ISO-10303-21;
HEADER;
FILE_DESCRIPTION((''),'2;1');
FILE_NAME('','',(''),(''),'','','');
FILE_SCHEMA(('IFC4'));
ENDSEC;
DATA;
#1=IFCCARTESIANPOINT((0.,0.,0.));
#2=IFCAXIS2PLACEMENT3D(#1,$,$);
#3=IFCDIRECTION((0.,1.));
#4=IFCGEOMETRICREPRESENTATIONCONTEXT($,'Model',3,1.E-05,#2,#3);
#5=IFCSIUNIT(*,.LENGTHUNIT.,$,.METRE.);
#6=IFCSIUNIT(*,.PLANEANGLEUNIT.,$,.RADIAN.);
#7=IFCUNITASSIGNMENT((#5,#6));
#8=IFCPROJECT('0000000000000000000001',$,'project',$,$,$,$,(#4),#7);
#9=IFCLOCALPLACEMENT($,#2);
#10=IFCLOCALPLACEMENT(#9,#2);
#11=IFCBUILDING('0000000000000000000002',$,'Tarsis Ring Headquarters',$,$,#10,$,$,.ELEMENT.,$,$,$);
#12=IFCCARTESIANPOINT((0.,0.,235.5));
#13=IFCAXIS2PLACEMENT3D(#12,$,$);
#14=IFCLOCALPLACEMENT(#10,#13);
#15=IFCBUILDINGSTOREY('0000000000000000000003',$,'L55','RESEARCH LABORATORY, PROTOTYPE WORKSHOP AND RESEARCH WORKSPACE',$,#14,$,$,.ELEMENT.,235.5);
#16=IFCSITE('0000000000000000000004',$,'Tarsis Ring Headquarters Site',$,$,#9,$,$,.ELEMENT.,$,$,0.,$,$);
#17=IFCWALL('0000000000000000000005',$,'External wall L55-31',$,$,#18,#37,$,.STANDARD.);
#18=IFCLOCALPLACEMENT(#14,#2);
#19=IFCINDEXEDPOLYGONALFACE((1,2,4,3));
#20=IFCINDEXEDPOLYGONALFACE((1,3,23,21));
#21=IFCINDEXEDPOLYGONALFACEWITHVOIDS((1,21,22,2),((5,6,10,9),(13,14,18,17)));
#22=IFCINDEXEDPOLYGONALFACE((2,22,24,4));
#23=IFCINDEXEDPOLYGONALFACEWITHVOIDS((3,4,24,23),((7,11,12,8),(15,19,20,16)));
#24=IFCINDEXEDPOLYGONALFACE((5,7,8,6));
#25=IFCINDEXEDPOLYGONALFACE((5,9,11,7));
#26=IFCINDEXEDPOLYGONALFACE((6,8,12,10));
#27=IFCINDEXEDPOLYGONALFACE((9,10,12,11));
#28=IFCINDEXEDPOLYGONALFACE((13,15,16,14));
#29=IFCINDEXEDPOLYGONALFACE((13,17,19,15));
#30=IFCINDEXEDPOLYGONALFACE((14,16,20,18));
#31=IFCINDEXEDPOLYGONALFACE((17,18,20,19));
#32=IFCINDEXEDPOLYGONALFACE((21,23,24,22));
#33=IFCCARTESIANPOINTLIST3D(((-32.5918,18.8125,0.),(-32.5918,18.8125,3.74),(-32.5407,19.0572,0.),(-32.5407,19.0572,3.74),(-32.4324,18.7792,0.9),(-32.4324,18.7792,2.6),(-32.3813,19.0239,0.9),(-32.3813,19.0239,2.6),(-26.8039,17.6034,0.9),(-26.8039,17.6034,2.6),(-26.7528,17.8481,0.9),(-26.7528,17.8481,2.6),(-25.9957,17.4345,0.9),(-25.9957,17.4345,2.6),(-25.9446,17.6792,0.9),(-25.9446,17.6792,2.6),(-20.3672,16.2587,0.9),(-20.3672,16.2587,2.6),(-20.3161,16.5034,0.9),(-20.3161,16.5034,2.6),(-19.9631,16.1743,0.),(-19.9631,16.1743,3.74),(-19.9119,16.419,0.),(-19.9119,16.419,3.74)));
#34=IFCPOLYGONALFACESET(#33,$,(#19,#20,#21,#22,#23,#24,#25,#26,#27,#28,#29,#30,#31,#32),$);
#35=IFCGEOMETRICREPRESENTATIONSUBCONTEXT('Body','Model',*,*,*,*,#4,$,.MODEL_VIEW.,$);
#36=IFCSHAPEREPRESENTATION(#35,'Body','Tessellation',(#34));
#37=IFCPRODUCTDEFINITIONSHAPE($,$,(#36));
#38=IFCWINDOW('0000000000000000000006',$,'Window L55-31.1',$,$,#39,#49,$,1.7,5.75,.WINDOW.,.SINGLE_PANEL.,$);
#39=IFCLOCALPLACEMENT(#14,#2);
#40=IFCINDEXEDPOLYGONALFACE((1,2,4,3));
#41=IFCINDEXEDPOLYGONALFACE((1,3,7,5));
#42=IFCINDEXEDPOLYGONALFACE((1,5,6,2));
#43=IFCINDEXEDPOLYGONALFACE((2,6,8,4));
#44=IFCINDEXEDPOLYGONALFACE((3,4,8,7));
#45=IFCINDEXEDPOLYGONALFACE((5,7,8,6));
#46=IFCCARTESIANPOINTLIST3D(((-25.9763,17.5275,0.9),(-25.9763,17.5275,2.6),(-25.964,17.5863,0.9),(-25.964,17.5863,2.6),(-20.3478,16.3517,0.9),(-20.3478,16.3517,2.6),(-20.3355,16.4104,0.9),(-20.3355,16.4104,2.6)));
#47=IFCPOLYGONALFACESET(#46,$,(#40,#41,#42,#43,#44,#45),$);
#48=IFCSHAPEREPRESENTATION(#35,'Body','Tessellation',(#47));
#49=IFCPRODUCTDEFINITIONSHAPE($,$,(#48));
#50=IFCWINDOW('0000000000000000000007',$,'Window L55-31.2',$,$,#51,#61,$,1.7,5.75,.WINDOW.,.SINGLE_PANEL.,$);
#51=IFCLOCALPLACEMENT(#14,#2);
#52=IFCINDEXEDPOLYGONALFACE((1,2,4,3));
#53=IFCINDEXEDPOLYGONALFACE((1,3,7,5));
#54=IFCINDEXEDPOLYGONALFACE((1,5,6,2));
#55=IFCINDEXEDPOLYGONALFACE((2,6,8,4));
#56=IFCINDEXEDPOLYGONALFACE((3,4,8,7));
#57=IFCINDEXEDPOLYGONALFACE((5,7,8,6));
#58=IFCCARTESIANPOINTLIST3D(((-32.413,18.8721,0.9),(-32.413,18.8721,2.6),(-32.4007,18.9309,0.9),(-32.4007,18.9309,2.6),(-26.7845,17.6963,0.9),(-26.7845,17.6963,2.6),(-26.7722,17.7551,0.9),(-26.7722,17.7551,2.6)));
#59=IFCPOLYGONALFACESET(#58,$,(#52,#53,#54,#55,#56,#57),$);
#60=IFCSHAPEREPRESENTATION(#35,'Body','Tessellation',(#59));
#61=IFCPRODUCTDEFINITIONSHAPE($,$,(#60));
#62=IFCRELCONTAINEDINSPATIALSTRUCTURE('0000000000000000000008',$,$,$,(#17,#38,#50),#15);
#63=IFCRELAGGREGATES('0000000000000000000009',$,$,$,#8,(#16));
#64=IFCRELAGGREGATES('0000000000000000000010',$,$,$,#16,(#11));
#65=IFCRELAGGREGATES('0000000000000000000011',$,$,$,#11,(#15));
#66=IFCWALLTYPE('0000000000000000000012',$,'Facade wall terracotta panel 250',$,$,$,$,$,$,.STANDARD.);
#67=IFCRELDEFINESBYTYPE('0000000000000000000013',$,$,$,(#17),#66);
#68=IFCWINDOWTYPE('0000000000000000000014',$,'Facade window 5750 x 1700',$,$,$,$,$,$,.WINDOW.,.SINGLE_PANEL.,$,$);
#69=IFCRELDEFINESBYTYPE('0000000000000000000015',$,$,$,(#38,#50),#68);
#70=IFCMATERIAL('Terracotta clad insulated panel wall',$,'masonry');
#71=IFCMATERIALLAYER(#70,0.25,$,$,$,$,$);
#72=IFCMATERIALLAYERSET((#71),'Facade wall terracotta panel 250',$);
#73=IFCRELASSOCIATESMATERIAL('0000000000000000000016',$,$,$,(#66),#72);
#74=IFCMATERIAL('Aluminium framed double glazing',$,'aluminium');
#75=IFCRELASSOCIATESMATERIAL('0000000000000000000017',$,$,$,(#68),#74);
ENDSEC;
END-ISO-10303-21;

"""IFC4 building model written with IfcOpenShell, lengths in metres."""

from ifc_helpers import new_model, si_unit, direction, frame, frame_2d, origin, place, context, subcontext, project, spatial, rectangle, extrude, material, layer, layer_set, type_object, element, fill, save


model = new_model("IFC4")

# Units and contexts
model_context = context("Model", 3, precision=1e-05, world=origin(), true_north=direction((0.0, 1.0)))
body_context = subcontext(model_context, "Body", "Model", "MODEL_VIEW")
ifc_project = project(units=[si_unit("LENGTHUNIT", "METRE"), si_unit("PLANEANGLEUNIT", "RADIAN")], contexts=[model_context])

# Site, building, storey
site_placement = place(None, origin())
site = spatial("IfcSite", under=ifc_project, at=site_placement, Name="Tarsis Ring Headquarters Site", CompositionType="ELEMENT", RefElevation=0.0)
building_placement = place(site_placement, origin())
building = spatial("IfcBuilding", under=site, at=building_placement, Name="Tarsis Ring Headquarters", CompositionType="ELEMENT")
storey_placement = place(building_placement, frame((0.0, 0.0, 235.5)))
storey = spatial("IfcBuildingStorey", under=building, at=storey_placement, Name="L55", Description="RESEARCH LABORATORY, PROTOTYPE WORKSHOP AND RESEARCH WORKSPACE", CompositionType="ELEMENT", Elevation=235.5)

# Wall, openings, windows
ifc_material_1 = material(Name="Terracotta clad insulated panel wall", Category="masonry")
ifc_layer_1 = layer(ifc_material_1, 0.25)
ifc_layer_set_1 = layer_set([ifc_layer_1], Name="Facade wall terracotta panel 250")
wall_type_1 = type_object("IfcWallType", Name="Facade wall terracotta panel 250", PredefinedType="STANDARD", material=ifc_layer_set_1)
wall_1_placement = place(storey_placement, frame((-19.9375, 16.2966, 0.0), z_axis=(0.0, 0.0, 1.0), x_axis=(-0.978869, 0.20449, 0.0)))
wall_1 = element("IfcWall", 1, at=wall_1_placement, inside=storey, type_object=wall_type_1, Name="External wall L55-31", PredefinedType="STANDARD", context=body_context, shape_type="SweptSolid", body=[
    extrude(rectangle(XDim=12.9014, YDim=0.25, at=frame_2d((6.4507, 0.0))), origin(), (0.0, 0.0, 1.0), 3.74),
])
opening_1_placement = place(wall_1_placement, frame((0.4128, 0.0, 0.8999)))
opening_1 = element("IfcOpeningElement", 2, at=opening_1_placement, cuts=wall_1, PredefinedType="OPENING", context=body_context, shape_type="SweptSolid", body=[
    extrude(rectangle(XDim=5.75, YDim=1.7, at=frame_2d((2.875, 0.8501))), frame((0.0, 0.135, 0.0), z_axis=(0.0, -1.0, 0.0), x_axis=(1.0, 0.0, 0.0)), (0.0, 0.0, 1.0), 0.27),
])
opening_2_placement = place(wall_1_placement, frame((6.9885, 0.0, 0.8999)))
opening_2 = element("IfcOpeningElement", 3, at=opening_2_placement, cuts=wall_1, PredefinedType="OPENING", context=body_context, shape_type="SweptSolid", body=[
    extrude(rectangle(XDim=5.75, YDim=1.7, at=frame_2d((2.875, 0.8501))), frame((0.0, 0.135, 0.0), z_axis=(0.0, -1.0, 0.0), x_axis=(1.0, 0.0, 0.0)), (0.0, 0.0, 1.0), 0.27),
])
ifc_material_2 = material(Name="Aluminium framed double glazing", Category="aluminium")
window_type = type_object("IfcWindowType", Name="Facade window 5750 x 1700", PartitioningType="SINGLE_PANEL", PredefinedType="WINDOW", material=ifc_material_2)
window_1_placement = place(opening_1_placement, origin())
window_1 = element("IfcWindow", 4, at=window_1_placement, inside=storey, type_object=window_type, Name="Window L55-31.1", OverallHeight=1.7, OverallWidth=5.75, PartitioningType="SINGLE_PANEL", PredefinedType="WINDOW", context=body_context, shape_type="SweptSolid", body=[
    extrude(rectangle(XDim=5.75, YDim=1.7, at=frame_2d((2.875, 0.8501))), frame((0.0, 0.03, 0.0), z_axis=(0.0, -1.0, 0.0), x_axis=(1.0, 0.0, 0.0)), (0.0, 0.0, 1.0), 0.0601),
])
fill(opening_1, window_1)
window_2_placement = place(opening_2_placement, origin())
window_2 = element("IfcWindow", 5, at=window_2_placement, inside=storey, type_object=window_type, Name="Window L55-31.2", OverallHeight=1.7, OverallWidth=5.75, PartitioningType="SINGLE_PANEL", PredefinedType="WINDOW", context=body_context, shape_type="SweptSolid", body=[
    extrude(rectangle(XDim=5.75, YDim=1.7, at=frame_2d((2.875, 0.8501))), frame((0.0, 0.03, 0.0), z_axis=(0.0, -1.0, 0.0), x_axis=(1.0, 0.0, 0.0)), (0.0, 0.0, 1.0), 0.0601),
])
fill(opening_2, window_2)

save(model, "model.ifc")
